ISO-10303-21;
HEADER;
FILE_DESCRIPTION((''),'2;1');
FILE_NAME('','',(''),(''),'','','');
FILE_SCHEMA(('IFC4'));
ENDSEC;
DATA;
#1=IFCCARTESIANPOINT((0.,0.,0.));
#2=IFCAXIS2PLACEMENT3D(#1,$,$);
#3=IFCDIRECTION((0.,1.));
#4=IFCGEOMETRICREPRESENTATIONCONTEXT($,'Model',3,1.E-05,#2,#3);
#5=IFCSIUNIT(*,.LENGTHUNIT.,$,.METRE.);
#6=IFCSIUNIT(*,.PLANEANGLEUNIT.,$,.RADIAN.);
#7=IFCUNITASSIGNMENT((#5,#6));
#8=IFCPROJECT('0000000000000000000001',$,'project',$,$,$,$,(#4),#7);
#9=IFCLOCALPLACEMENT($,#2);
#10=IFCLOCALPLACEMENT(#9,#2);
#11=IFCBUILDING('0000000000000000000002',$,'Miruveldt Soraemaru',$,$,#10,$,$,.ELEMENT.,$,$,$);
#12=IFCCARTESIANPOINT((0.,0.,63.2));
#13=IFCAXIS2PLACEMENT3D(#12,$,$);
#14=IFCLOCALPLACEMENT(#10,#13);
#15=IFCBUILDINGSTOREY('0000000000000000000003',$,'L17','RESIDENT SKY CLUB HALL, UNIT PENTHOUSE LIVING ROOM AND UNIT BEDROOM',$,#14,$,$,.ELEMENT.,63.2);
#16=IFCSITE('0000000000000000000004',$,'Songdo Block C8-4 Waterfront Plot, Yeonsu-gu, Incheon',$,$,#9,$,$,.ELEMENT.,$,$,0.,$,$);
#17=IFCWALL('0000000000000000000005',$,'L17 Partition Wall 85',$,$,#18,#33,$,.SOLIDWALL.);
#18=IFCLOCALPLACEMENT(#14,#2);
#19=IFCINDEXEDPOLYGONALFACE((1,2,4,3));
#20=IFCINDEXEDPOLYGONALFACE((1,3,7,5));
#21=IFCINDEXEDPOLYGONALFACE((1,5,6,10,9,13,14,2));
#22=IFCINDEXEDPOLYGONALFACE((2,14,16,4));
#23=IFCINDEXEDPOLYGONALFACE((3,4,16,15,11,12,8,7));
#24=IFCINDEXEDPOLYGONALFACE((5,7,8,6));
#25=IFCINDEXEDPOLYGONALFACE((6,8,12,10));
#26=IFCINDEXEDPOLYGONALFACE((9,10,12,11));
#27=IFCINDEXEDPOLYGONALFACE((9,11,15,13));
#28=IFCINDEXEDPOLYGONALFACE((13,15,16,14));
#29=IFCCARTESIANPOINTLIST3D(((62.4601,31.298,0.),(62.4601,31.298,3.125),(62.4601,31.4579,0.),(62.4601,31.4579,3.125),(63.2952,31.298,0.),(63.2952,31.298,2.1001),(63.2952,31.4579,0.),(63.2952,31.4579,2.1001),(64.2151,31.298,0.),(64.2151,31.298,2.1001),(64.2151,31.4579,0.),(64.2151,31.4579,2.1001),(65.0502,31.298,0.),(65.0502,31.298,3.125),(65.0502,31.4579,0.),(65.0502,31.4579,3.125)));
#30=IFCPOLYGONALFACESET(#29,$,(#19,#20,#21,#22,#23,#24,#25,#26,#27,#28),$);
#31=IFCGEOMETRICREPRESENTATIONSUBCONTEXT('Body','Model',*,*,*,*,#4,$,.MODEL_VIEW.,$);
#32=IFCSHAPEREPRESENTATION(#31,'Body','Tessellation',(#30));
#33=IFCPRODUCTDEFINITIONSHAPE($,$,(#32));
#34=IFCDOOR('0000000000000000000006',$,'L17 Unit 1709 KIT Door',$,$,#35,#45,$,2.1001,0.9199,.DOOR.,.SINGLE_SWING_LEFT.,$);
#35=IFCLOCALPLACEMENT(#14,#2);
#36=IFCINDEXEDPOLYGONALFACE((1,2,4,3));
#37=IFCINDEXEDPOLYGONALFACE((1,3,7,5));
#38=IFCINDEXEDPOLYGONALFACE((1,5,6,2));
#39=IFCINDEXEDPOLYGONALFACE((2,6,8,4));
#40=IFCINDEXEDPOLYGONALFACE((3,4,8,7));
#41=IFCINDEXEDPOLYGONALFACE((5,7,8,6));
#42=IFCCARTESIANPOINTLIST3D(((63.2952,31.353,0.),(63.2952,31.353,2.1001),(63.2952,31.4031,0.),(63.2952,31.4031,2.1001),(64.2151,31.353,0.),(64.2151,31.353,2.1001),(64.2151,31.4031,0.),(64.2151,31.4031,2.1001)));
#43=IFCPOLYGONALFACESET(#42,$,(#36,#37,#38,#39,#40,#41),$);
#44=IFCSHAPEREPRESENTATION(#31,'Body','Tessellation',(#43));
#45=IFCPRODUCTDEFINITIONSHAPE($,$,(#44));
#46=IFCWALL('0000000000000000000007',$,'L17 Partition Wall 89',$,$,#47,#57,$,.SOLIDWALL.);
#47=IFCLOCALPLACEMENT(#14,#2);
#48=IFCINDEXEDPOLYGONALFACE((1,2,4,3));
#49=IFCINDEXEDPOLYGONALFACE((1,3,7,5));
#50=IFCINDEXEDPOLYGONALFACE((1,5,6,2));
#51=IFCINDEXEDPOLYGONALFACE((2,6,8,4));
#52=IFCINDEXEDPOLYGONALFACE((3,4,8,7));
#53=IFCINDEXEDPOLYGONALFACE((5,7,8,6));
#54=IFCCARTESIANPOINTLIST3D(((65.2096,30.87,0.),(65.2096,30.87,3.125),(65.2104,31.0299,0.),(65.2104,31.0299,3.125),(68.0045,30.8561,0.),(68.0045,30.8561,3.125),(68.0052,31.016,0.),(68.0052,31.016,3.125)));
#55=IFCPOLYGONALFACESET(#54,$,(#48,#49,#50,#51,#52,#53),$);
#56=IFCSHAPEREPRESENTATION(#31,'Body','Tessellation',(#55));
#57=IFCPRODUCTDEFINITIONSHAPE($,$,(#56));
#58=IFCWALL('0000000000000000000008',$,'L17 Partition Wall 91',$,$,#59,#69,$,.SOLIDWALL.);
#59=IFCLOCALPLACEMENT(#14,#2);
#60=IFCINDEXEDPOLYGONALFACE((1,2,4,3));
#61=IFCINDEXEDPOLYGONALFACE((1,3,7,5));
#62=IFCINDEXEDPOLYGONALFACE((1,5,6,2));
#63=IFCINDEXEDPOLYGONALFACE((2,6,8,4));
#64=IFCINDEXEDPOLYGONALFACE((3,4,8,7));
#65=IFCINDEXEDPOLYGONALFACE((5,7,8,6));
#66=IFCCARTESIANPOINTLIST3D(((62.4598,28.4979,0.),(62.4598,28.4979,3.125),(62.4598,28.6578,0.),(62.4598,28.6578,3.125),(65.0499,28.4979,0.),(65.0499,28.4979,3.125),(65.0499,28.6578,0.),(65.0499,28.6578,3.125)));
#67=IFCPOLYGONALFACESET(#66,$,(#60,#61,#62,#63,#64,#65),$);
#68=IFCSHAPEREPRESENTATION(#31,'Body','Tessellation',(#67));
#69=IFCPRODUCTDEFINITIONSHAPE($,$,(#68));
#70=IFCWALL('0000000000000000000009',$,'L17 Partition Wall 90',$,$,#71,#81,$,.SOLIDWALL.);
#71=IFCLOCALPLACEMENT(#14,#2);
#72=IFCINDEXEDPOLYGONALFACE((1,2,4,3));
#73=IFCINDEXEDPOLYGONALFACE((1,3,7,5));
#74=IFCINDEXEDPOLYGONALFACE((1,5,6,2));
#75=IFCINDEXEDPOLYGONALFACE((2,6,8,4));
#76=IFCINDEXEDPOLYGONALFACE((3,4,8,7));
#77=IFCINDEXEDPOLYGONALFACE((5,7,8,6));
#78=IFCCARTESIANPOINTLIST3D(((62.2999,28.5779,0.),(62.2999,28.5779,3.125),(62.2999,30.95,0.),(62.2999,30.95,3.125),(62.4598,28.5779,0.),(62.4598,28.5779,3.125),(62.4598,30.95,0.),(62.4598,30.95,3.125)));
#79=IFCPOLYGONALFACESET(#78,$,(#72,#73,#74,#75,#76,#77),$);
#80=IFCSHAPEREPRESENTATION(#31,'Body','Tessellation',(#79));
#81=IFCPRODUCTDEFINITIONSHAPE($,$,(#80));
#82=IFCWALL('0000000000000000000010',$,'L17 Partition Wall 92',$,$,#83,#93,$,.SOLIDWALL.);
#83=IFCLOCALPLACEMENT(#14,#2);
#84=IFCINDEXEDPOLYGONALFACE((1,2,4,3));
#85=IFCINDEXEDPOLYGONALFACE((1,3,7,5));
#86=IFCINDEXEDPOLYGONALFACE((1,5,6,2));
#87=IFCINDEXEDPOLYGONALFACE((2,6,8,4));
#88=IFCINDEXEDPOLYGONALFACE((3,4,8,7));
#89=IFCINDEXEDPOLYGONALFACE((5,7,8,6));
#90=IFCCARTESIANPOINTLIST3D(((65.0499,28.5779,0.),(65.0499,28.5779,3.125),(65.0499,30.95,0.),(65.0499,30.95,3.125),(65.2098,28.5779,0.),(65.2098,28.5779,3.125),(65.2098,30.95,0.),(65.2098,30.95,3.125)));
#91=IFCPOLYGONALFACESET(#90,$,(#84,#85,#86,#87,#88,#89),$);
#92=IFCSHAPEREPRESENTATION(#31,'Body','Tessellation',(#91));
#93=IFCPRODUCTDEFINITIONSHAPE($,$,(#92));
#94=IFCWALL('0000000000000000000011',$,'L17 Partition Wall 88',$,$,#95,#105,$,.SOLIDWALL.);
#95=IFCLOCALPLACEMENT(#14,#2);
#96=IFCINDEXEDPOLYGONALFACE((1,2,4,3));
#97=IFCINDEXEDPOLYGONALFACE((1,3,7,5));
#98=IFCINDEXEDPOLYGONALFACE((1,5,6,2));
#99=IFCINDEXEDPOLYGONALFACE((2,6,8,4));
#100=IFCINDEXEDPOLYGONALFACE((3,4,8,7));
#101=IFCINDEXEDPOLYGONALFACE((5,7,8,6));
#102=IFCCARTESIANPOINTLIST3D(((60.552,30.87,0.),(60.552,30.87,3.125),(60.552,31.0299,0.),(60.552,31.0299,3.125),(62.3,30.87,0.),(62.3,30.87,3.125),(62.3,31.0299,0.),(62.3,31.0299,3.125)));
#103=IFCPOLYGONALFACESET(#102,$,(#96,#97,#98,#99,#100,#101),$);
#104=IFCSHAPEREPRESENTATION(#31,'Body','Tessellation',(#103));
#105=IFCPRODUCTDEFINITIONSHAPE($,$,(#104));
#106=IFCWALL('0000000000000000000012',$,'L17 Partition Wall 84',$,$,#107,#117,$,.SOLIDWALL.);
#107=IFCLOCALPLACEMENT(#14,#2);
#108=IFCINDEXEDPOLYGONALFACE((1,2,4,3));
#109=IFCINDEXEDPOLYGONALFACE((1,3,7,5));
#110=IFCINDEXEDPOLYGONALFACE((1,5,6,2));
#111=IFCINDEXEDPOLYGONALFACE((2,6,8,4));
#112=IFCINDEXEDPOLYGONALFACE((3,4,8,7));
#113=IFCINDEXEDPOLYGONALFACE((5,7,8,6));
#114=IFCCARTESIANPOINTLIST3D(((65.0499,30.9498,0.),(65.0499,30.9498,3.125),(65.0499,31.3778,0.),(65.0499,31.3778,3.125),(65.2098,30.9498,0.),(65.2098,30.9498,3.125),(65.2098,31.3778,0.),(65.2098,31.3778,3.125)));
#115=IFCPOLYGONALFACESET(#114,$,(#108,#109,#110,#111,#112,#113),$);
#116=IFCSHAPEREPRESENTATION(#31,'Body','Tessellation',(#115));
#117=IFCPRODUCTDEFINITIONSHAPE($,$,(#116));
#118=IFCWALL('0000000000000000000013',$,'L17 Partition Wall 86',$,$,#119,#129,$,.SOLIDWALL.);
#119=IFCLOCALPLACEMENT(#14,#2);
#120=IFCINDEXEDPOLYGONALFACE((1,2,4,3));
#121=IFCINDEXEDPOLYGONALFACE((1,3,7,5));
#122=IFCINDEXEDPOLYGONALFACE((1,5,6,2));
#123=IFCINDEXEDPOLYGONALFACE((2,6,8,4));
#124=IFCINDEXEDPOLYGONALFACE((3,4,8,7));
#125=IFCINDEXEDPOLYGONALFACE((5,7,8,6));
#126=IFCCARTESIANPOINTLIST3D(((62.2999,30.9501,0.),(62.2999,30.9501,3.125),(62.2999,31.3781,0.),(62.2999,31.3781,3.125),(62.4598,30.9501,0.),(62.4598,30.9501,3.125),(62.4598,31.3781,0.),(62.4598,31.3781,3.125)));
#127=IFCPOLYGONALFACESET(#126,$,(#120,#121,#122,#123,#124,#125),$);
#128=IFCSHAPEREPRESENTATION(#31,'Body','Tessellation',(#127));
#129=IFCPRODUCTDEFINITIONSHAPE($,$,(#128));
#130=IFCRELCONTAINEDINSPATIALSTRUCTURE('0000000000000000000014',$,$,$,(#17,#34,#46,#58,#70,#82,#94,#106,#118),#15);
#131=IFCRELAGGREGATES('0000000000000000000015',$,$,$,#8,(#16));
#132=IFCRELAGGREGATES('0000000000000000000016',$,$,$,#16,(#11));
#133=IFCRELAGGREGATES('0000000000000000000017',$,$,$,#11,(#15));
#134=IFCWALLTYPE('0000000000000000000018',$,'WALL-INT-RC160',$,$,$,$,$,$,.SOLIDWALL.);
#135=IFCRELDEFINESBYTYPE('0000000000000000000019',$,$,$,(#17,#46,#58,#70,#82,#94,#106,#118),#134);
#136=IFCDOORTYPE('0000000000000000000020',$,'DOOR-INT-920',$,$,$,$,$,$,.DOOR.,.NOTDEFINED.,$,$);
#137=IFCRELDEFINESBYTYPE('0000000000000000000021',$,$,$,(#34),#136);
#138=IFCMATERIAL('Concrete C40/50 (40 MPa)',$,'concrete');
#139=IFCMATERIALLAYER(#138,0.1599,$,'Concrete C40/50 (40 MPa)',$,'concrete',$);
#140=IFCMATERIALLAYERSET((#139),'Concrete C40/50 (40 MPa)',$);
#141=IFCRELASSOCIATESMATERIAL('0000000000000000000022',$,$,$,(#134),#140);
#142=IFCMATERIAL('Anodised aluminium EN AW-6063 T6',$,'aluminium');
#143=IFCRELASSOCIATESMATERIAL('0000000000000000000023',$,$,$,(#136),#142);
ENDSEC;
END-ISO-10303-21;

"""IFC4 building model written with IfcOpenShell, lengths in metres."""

from ifc_helpers import new_model, si_unit, direction, frame, frame_2d, origin, place, context, subcontext, project, spatial, rectangle, extrude, material, layer, layer_set, type_object, element, fill, save


model = new_model("IFC4")

# Units and contexts
model_context = context("Model", 3, precision=1e-05, world=origin(), true_north=direction((0.0, 1.0)))
body_context = subcontext(model_context, "Body", "Model", "MODEL_VIEW")
ifc_project = project(units=[si_unit("LENGTHUNIT", "METRE"), si_unit("PLANEANGLEUNIT", "RADIAN")], contexts=[model_context])

# Site, building, storey
site_placement = place(None, origin())
site = spatial("IfcSite", under=ifc_project, at=site_placement, Name="Songdo Block C8-4 Waterfront Plot, Yeonsu-gu, Incheon", CompositionType="ELEMENT", RefElevation=0.0)
building_placement = place(site_placement, origin())
building = spatial("IfcBuilding", under=site, at=building_placement, Name="Miruveldt Soraemaru", CompositionType="ELEMENT")
storey_placement = place(building_placement, frame((0.0, 0.0, 63.2)))
storey = spatial("IfcBuildingStorey", under=building, at=storey_placement, Name="L17", Description="RESIDENT SKY CLUB HALL, UNIT PENTHOUSE LIVING ROOM AND UNIT BEDROOM", CompositionType="ELEMENT", Elevation=63.2)

# Shared definitions
ifc_material_1 = material(Name="Anodised aluminium EN AW-6063 T6", Category="aluminium")

# Wall, opening, door
ifc_material_2 = material(Name="Concrete C40/50 (40 MPa)", Category="concrete")
ifc_layer_1 = layer(ifc_material_2, 0.1599, Name="Concrete C40/50 (40 MPa)", Category="concrete")
ifc_layer_set_1 = layer_set([ifc_layer_1], Name="Concrete C40/50 (40 MPa)")
wall_type_1 = type_object("IfcWallType", Name="WALL-INT-RC160", PredefinedType="SOLIDWALL", material=ifc_layer_set_1)
door_type = type_object("IfcDoorType", Name="DOOR-INT-920", OperationType="NOTDEFINED", PredefinedType="DOOR", material=ifc_material_1)
wall_1_placement = place(storey_placement, frame((65.05, 31.3779, 0.0), z_axis=(0.0, 0.0, 1.0), x_axis=(-1.0, 0.0, 0.0)))
wall_1 = element("IfcWall", 1, at=wall_1_placement, inside=storey, type_object=wall_type_1, Name="L17 Partition Wall 85", PredefinedType="SOLIDWALL", context=body_context, shape_type="SweptSolid", body=[
    extrude(rectangle(XDim=2.5901, YDim=0.1599, at=frame_2d((1.2949, 0.0))), origin(), (0.0, 0.0, 1.0), 3.125),
])
opening_1_placement = place(wall_1_placement, frame((0.835, 0.0, 0.0)))
opening_1 = element("IfcOpeningElement", 2, at=opening_1_placement, cuts=wall_1, PredefinedType="OPENING", context=body_context, shape_type="SweptSolid", body=[
    extrude(rectangle(XDim=0.9199, YDim=2.1001, at=frame_2d((0.46, 1.05))), frame((0.0, 0.0898, 0.0), z_axis=(0.0, -1.0, 0.0), x_axis=(1.0, 0.0, 0.0)), (0.0, 0.0, 1.0), 0.1799),
])
door_1_placement = place(opening_1_placement, origin())
door_1 = element("IfcDoor", 3, at=door_1_placement, inside=storey, type_object=door_type, Name="L17 Unit 1709 KIT Door", OperationType="SINGLE_SWING_LEFT", OverallHeight=2.1001, OverallWidth=0.9199, PredefinedType="DOOR", context=body_context, shape_type="SweptSolid", body=[
    extrude(rectangle(XDim=0.9199, YDim=2.1001, at=frame_2d((0.46, 1.05))), frame((0.0, 0.0249, 0.0), z_axis=(0.0, -1.0, 0.0), x_axis=(1.0, 0.0, 0.0)), (0.0, 0.0, 1.0), 0.05),
])
fill(opening_1, door_1)

# Walls
wall_2_placement = place(storey_placement, frame((65.21, 30.95, 0.0), z_axis=(0.0, 0.0, 1.0), x_axis=(0.999988, -0.004979, 0.0)))
element("IfcWall", 4, at=wall_2_placement, inside=storey, type_object=wall_type_1, Name="L17 Partition Wall 89", PredefinedType="SOLIDWALL", context=body_context, shape_type="SweptSolid", body=[
    extrude(rectangle(XDim=2.7949, YDim=0.1599, at=frame_2d((1.3975, 0.0))), origin(), (0.0, 0.0, 1.0), 3.125),
])
wall_3_placement = place(storey_placement, frame((62.46, 28.5779, 0.0), z_axis=(0.0, 0.0, 1.0), x_axis=(1.0, 0.0, 0.0)))
element("IfcWall", 5, at=wall_3_placement, inside=storey, type_object=wall_type_1, Name="L17 Partition Wall 91", PredefinedType="SOLIDWALL", context=body_context, shape_type="SweptSolid", body=[
    extrude(rectangle(XDim=2.5901, YDim=0.1599, at=frame_2d((1.2949, 0.0))), origin(), (0.0, 0.0, 1.0), 3.125),
])
for number, where, z_axis, x_axis, name in (
    (6, (62.3799, 30.95, 0.0), (0.0, 0.0, 1.0), (0.0, -1.0, 0.0), "L17 Partition Wall 90"),
    (7, (65.1299, 28.5779, 0.0), (0.0, 0.0, 1.0), (0.0, 1.0, 0.0), "L17 Partition Wall 92"),
):
    element("IfcWall", number, at=place(storey_placement, frame(where, z_axis=z_axis, x_axis=x_axis)), inside=storey, type_object=wall_type_1, Name=name, PredefinedType="SOLIDWALL", context=body_context, shape_type="SweptSolid", body=[
        extrude(rectangle(XDim=2.3721, YDim=0.1599, at=frame_2d((1.186, 0.0))), origin(), (0.0, 0.0, 1.0), 3.125),
    ])
wall_4_placement = place(storey_placement, frame((60.552, 30.95, 0.0), z_axis=(0.0, 0.0, 1.0), x_axis=(1.0, 0.0, 0.0)))
element("IfcWall", 8, at=wall_4_placement, inside=storey, type_object=wall_type_1, Name="L17 Partition Wall 88", PredefinedType="SOLIDWALL", context=body_context, shape_type="SweptSolid", body=[
    extrude(rectangle(XDim=1.748, YDim=0.1599, at=frame_2d((0.874, 0.0))), origin(), (0.0, 0.0, 1.0), 3.125),
])
for number, where, z_axis, x_axis, name in (
    (9, (65.1299, 30.95, 0.0), (0.0, 0.0, 1.0), (0.0, 1.0, 0.0), "L17 Partition Wall 84"),
    (10, (62.3799, 31.3779, 0.0), (0.0, 0.0, 1.0), (0.0, -1.0, 0.0), "L17 Partition Wall 86"),
):
    element("IfcWall", number, at=place(storey_placement, frame(where, z_axis=z_axis, x_axis=x_axis)), inside=storey, type_object=wall_type_1, Name=name, PredefinedType="SOLIDWALL", context=body_context, shape_type="SweptSolid", body=[
        extrude(rectangle(XDim=0.428, YDim=0.1599, at=frame_2d((0.2139, 0.0))), origin(), (0.0, 0.0, 1.0), 3.125),
    ])

save(model, "model.ifc")
